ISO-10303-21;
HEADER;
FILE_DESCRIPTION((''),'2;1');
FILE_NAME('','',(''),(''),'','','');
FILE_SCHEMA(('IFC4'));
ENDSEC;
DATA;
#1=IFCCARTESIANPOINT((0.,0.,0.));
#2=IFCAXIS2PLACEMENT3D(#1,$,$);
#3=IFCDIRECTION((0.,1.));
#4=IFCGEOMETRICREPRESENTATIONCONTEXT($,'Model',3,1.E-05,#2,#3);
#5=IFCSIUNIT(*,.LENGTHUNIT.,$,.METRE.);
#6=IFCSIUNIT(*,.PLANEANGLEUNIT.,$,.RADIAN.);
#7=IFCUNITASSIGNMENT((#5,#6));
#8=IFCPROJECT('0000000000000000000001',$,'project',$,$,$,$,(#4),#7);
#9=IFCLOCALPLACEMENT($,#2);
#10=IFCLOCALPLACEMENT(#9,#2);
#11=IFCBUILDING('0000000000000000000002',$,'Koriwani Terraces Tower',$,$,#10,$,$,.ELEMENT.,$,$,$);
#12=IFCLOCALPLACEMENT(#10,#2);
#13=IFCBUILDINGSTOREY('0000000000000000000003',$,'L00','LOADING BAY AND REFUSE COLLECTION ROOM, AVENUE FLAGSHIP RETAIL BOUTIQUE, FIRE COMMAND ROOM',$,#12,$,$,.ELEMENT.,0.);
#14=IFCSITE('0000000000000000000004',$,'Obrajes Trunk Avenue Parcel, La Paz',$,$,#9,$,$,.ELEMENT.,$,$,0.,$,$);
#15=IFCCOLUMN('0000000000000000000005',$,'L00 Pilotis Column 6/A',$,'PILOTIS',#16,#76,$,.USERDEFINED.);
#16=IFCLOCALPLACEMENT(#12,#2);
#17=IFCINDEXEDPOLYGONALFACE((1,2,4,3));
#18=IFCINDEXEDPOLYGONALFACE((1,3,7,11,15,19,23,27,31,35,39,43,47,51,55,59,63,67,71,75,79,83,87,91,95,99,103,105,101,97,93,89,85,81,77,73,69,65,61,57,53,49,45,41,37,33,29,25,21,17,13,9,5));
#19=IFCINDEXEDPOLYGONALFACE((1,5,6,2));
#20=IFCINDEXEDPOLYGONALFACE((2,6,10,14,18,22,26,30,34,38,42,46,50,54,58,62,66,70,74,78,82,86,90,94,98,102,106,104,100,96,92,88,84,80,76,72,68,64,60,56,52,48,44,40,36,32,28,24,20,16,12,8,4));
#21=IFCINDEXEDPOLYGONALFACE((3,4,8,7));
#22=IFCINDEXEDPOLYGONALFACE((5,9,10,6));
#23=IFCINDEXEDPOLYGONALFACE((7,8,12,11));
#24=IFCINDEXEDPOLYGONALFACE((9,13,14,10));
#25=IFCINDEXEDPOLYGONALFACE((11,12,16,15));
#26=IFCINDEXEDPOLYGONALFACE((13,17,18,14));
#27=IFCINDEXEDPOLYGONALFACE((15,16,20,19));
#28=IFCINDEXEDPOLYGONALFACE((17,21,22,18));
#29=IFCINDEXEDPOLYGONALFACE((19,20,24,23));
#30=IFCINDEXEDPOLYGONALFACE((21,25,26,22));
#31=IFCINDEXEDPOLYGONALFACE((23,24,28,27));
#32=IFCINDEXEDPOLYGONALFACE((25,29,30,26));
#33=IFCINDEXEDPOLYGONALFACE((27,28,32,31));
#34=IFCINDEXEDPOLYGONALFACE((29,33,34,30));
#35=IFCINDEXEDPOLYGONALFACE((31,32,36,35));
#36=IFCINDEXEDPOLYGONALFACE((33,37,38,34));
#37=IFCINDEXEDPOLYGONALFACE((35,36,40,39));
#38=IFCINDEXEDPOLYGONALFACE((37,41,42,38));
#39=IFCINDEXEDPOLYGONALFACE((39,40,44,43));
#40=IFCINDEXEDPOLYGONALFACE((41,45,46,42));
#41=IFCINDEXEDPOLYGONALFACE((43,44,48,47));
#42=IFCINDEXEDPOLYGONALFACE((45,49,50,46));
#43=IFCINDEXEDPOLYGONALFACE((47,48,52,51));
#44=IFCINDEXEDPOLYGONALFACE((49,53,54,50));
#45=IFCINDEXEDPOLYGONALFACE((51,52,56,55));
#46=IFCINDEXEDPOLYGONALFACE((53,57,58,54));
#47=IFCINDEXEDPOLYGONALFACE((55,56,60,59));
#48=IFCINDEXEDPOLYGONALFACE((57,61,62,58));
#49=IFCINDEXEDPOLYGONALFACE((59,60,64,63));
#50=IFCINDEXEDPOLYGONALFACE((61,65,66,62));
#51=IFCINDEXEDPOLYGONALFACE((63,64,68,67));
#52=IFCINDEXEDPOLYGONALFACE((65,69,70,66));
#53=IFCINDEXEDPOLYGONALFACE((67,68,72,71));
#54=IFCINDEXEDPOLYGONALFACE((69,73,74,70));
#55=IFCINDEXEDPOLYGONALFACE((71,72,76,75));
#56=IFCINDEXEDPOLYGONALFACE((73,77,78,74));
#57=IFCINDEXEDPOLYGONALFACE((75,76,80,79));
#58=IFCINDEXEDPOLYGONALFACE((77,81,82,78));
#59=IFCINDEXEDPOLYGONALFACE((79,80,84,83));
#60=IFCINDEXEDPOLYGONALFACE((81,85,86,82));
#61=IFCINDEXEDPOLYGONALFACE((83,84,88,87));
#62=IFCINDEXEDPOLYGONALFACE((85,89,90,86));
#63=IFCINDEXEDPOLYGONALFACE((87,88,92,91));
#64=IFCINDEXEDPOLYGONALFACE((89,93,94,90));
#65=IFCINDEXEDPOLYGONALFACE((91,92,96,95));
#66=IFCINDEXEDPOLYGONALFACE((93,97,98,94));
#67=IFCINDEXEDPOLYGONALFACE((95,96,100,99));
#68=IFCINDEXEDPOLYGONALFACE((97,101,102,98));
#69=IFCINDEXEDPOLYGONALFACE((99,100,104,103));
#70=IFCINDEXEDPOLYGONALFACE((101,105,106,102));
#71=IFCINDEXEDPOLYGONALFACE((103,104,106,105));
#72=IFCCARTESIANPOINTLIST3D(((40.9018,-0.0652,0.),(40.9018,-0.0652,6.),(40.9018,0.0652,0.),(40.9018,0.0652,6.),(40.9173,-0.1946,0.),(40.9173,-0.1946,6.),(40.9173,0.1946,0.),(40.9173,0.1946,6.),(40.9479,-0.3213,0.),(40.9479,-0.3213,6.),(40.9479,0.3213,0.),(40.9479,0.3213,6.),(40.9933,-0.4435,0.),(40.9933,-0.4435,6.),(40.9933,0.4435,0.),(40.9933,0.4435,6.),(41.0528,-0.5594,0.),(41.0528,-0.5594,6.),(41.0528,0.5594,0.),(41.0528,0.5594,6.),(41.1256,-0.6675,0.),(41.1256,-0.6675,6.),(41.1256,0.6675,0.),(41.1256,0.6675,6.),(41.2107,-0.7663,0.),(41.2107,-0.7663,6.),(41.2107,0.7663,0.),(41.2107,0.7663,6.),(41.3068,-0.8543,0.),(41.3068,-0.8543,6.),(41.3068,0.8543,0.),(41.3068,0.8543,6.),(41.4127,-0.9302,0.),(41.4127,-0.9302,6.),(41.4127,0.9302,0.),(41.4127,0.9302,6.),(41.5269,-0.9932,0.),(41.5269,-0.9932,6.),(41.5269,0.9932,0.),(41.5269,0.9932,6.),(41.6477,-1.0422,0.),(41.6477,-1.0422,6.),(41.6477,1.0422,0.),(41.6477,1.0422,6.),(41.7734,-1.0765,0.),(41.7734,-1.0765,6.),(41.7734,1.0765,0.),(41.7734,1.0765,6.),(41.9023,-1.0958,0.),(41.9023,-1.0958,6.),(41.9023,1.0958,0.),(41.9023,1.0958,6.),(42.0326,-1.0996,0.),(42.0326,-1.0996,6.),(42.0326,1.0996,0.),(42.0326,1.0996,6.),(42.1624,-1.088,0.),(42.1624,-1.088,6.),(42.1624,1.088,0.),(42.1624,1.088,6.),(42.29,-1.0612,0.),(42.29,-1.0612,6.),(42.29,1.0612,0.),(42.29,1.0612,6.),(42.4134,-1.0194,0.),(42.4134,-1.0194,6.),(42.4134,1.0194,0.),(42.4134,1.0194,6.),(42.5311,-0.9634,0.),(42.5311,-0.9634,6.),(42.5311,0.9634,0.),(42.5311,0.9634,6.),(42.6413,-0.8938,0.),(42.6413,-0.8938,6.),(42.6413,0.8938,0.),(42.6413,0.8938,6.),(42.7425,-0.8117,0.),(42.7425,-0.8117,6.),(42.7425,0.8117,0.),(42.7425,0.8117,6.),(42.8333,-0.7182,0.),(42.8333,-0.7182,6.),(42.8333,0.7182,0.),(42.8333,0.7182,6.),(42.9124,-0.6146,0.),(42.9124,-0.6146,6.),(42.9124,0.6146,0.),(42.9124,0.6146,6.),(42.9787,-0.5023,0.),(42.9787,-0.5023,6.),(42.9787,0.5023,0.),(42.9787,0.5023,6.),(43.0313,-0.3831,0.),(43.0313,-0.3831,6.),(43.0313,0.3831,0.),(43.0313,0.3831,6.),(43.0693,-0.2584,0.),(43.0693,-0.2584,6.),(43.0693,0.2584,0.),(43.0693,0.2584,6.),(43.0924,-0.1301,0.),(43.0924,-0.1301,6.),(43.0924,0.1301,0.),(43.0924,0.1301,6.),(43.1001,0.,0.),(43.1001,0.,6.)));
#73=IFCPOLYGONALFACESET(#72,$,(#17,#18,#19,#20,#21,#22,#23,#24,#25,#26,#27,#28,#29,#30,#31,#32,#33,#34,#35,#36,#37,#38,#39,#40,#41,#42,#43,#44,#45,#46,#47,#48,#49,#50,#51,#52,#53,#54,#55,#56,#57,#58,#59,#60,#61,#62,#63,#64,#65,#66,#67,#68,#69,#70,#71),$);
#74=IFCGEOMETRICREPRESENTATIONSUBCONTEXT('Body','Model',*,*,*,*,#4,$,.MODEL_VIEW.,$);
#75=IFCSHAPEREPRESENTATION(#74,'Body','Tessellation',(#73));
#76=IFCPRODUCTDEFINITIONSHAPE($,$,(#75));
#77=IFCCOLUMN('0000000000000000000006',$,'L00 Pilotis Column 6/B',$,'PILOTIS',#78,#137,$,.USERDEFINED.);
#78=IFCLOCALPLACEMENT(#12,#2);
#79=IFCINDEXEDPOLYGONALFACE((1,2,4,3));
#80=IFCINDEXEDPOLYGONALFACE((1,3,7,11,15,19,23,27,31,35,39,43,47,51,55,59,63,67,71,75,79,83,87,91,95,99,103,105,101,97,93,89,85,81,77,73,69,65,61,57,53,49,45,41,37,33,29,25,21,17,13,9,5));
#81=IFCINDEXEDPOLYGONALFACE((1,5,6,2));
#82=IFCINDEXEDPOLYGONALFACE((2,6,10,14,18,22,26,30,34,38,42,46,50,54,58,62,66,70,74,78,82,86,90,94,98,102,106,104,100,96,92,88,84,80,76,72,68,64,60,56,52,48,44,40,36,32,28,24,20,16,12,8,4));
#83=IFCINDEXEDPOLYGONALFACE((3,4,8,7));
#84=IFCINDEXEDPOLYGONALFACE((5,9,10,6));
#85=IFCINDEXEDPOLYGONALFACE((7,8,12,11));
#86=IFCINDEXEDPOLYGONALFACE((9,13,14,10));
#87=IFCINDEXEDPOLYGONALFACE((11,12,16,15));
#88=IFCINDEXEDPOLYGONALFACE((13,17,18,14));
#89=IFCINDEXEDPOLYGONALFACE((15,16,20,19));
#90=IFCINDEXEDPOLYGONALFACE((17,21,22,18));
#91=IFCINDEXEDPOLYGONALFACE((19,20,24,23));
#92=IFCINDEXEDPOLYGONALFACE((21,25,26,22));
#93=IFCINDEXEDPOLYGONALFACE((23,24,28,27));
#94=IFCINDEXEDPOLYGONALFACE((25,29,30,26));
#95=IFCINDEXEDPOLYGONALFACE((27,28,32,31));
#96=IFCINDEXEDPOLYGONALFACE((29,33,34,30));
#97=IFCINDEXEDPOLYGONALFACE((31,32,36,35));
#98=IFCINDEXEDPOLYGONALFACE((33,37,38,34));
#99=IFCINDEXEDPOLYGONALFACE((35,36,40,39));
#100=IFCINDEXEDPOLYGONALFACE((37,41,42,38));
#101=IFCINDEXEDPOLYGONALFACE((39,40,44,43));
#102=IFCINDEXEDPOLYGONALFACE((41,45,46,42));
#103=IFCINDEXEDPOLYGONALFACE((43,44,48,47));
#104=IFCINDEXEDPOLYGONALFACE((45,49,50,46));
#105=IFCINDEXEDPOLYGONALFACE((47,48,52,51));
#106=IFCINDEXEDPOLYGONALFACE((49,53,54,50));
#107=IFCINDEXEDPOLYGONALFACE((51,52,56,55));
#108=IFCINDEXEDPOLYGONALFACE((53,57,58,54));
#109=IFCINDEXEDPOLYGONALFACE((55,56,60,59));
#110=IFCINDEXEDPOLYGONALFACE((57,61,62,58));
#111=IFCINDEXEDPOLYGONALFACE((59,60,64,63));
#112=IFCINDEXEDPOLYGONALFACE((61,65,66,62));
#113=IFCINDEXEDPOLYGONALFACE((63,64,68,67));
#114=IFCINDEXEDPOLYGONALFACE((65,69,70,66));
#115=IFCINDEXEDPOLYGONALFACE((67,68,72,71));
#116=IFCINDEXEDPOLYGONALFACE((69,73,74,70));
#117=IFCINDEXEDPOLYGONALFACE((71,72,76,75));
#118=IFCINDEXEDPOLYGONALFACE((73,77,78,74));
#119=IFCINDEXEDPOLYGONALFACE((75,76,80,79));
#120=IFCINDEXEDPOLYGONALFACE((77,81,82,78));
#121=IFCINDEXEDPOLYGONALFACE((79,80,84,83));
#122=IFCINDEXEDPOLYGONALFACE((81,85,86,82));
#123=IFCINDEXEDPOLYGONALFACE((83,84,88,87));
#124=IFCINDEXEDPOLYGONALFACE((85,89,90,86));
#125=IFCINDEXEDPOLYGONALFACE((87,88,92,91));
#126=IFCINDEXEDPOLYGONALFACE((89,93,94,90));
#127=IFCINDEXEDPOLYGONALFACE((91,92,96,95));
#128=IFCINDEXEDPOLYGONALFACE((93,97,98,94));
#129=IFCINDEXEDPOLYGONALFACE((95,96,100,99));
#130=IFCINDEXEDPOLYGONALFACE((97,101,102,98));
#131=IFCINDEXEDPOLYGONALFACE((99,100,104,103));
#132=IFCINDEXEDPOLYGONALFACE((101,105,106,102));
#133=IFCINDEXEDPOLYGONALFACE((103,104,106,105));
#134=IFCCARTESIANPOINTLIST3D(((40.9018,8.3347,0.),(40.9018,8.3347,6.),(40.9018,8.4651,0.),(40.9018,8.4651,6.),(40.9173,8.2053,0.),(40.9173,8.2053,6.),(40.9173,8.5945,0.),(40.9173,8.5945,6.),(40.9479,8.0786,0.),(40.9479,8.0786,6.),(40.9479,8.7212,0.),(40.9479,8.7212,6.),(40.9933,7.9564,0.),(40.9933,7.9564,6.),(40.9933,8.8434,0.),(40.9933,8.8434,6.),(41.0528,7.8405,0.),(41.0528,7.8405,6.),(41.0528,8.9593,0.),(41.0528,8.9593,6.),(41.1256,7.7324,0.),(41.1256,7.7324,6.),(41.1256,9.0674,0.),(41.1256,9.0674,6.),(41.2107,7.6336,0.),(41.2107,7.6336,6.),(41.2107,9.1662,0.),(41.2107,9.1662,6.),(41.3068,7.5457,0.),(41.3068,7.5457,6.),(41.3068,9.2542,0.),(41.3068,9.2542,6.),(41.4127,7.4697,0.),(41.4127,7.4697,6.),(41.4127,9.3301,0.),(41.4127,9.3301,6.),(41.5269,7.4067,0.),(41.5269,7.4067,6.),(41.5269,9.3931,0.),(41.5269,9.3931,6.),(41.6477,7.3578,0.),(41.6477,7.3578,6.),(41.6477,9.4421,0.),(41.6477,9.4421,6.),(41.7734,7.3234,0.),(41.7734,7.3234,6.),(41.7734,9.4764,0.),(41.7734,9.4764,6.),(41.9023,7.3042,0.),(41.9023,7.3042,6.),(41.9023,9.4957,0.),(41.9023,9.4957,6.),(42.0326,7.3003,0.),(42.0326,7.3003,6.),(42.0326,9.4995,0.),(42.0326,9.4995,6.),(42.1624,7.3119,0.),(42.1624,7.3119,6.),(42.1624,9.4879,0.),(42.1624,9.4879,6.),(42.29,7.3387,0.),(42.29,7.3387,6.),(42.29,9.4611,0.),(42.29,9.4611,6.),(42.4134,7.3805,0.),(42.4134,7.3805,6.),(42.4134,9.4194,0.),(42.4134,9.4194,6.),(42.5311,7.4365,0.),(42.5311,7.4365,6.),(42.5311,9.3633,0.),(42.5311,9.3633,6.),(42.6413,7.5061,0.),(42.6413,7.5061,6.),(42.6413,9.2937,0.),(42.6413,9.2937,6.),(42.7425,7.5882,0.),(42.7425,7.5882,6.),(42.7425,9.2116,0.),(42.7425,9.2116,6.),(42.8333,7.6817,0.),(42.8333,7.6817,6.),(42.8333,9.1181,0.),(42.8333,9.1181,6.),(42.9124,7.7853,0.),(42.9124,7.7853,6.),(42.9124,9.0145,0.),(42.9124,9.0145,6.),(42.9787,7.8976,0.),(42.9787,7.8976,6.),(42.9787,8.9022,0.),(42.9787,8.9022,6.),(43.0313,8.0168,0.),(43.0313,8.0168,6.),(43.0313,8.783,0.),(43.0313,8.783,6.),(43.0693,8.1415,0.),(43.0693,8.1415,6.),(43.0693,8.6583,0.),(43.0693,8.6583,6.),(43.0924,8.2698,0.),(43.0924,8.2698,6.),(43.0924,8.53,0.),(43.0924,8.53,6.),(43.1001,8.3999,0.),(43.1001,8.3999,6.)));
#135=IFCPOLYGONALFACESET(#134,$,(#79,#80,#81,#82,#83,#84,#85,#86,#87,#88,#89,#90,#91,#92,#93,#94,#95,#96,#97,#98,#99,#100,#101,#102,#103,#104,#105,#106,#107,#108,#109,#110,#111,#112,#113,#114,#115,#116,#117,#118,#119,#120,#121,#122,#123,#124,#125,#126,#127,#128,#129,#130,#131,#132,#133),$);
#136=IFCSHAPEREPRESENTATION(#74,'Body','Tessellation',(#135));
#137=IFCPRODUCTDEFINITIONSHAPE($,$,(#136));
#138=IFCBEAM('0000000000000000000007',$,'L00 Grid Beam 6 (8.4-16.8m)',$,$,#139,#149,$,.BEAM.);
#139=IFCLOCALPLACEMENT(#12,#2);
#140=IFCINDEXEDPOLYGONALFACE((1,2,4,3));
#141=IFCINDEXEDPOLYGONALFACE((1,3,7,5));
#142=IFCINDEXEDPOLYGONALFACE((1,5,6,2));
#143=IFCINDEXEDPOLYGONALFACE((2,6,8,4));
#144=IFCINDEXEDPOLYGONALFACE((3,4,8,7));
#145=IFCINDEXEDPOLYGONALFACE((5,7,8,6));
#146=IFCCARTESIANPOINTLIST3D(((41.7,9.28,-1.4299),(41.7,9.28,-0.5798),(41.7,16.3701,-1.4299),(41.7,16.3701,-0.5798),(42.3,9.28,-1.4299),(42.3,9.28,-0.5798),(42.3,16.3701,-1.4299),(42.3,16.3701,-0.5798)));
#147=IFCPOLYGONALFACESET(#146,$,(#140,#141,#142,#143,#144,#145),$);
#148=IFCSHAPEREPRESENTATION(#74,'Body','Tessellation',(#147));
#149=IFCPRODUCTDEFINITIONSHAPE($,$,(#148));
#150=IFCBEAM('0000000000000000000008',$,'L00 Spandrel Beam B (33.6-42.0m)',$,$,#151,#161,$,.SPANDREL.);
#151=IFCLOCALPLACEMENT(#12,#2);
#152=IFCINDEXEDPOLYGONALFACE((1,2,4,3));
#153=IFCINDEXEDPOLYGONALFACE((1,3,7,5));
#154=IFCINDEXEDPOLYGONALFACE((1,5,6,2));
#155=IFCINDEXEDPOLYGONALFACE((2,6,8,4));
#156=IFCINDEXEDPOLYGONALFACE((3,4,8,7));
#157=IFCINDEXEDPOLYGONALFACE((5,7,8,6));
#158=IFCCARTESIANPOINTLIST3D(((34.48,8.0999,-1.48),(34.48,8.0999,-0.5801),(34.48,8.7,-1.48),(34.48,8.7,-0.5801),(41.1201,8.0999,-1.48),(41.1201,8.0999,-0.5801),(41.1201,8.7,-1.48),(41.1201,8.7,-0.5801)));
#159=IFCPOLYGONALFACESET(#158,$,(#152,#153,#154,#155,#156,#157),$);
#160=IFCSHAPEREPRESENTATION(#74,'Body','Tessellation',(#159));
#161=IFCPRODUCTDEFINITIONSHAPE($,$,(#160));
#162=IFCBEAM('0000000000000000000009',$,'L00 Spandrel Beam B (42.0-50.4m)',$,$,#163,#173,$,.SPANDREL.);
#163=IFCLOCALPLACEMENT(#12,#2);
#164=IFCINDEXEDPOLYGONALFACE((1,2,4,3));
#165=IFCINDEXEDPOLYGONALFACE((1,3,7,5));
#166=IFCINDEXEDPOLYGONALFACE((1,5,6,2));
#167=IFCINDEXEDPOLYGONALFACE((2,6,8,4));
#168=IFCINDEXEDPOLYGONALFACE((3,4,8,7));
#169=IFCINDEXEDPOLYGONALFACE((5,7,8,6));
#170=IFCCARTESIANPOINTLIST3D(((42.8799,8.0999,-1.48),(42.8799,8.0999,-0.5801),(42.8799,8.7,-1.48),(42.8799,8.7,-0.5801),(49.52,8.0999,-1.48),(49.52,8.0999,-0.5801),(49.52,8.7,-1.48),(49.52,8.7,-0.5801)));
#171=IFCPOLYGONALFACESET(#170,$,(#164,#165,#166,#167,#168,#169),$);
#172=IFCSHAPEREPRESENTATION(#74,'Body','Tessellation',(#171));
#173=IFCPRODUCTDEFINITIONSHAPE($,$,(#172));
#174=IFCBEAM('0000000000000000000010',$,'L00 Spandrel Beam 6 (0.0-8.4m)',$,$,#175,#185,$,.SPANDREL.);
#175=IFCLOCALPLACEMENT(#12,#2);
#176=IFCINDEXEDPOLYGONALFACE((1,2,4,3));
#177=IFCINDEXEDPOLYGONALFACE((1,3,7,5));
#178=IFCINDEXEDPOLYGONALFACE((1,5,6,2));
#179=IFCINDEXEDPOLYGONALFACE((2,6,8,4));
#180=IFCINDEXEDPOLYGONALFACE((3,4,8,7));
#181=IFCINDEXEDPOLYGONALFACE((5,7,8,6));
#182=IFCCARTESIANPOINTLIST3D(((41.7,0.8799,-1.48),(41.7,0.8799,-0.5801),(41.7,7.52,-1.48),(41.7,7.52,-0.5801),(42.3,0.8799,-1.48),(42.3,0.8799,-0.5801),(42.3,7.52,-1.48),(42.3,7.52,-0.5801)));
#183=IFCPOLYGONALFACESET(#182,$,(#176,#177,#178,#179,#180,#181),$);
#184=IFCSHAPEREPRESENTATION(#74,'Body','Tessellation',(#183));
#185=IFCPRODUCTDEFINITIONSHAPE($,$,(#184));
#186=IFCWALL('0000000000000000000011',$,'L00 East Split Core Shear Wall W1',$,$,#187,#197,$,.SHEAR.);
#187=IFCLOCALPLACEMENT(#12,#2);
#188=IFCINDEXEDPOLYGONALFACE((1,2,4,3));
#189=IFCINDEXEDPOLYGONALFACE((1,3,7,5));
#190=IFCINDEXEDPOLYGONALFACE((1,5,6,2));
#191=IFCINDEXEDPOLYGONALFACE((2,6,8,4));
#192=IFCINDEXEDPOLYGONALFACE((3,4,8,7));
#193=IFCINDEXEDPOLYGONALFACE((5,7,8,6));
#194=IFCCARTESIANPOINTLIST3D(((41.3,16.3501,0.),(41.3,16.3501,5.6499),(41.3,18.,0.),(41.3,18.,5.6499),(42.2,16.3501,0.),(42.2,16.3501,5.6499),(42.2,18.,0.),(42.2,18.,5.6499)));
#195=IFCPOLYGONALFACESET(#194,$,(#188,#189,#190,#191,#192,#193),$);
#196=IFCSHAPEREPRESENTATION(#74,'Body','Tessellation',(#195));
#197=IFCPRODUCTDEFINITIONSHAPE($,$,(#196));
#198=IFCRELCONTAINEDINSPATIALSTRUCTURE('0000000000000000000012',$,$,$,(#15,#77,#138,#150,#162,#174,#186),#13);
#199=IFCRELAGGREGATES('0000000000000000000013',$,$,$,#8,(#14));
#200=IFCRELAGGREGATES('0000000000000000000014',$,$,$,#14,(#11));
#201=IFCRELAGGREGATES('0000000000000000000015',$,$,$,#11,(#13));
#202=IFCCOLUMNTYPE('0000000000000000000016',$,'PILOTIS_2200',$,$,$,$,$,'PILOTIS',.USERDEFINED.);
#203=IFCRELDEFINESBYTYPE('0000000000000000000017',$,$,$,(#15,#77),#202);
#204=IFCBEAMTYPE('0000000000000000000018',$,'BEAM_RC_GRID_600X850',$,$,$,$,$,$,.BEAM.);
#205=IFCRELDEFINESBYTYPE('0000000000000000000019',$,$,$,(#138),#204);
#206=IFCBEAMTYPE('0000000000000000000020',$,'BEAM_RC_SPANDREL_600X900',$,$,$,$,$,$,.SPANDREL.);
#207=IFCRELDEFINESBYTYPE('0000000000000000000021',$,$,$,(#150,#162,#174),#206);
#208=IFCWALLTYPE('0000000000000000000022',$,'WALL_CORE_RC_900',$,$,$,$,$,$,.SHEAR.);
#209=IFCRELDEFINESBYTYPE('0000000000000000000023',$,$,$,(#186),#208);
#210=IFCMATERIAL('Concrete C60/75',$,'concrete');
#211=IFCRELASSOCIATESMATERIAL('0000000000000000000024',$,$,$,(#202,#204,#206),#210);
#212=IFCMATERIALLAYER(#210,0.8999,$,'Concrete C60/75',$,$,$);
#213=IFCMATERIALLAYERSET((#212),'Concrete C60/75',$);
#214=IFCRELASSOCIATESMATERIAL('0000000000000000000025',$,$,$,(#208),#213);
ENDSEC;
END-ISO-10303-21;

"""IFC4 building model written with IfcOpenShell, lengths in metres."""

from ifc_helpers import new_model, si_unit, direction, frame, frame_2d, origin, origin_2d, place, context, subcontext, project, spatial, rectangle, circle, extrude, material, layer, layer_set, material_profile, profile_set, type_object, element, save


model = new_model("IFC4")

# Units and contexts
model_context = context("Model", 3, precision=1e-05, world=origin(), true_north=direction((0.0, 1.0)))
body_context = subcontext(model_context, "Body", "Model", "MODEL_VIEW")
ifc_project = project(units=[si_unit("LENGTHUNIT", "METRE"), si_unit("PLANEANGLEUNIT", "RADIAN")], contexts=[model_context])

# Site, building, storey
site_placement = place(None, origin())
site = spatial("IfcSite", under=ifc_project, at=site_placement, Name="Obrajes Trunk Avenue Parcel, La Paz", CompositionType="ELEMENT", RefElevation=0.0)
building_placement = place(site_placement, origin())
building = spatial("IfcBuilding", under=site, at=building_placement, Name="Koriwani Terraces Tower", CompositionType="ELEMENT")
storey_placement = place(building_placement, origin())
storey = spatial("IfcBuildingStorey", under=building, at=storey_placement, Name="L00", Description="LOADING BAY AND REFUSE COLLECTION ROOM, AVENUE FLAGSHIP RETAIL BOUTIQUE, FIRE COMMAND ROOM", CompositionType="ELEMENT", Elevation=0.0)

# Columns
ifc_material_1 = material(Name="Concrete C60/75", Category="concrete")
ifc_material_profile_1 = material_profile(ifc_material_1, circle(Radius=1.1001, at=origin_2d()), Name="Concrete C60/75", Category="LoadBearing")
ifc_profile_set_1 = profile_set([ifc_material_profile_1], Name="Concrete C60/75")
column_type = type_object("IfcColumnType", Name="PILOTIS_2200", ElementType="PILOTIS", PredefinedType="USERDEFINED", material=ifc_profile_set_1)
for number, where, z_axis, x_axis, name in (
    (1, (42.0, 0.0, 0.0), (0.0, 0.0, 1.0), (1.0, 0.0, 0.0), "L00 Pilotis Column 6/A"),
    (2, (42.0, 8.3999, 0.0), (0.0, 0.0, 1.0), (1.0, 0.0, 0.0), "L00 Pilotis Column 6/B"),
):
    element("IfcColumn", number, at=place(storey_placement, frame(where, z_axis=z_axis, x_axis=x_axis)), inside=storey, type_object=column_type, Name=name, ObjectType="PILOTIS", PredefinedType="USERDEFINED", context=body_context, shape_type="SweptSolid", body=[
        extrude(circle(Radius=1.1001, at=origin_2d()), origin(), (0.0, 0.0, 1.0), 6.0),
    ])

# Beams
ifc_material_profile_2 = material_profile(ifc_material_1, rectangle(XDim=0.6001, YDim=0.8501, at=origin_2d()), Name="Concrete C60/75", Category="LoadBearing")
ifc_profile_set_2 = profile_set([ifc_material_profile_2], Name="Concrete C60/75")
beam_type_1 = type_object("IfcBeamType", Name="BEAM_RC_GRID_600X850", PredefinedType="BEAM", material=ifc_profile_set_2)
beam_placement = place(storey_placement, frame((42.0, 9.28, -1.0049), z_axis=(0.0, 1.0, 0.0), x_axis=(-1.0, 0.0, 0.0)))
element("IfcBeam", 3, at=beam_placement, inside=storey, type_object=beam_type_1, Name="L00 Grid Beam 6 (8.4-16.8m)", PredefinedType="BEAM", context=body_context, shape_type="SweptSolid", body=[
    extrude(rectangle(XDim=0.6001, YDim=0.8501, at=origin_2d()), origin(), (0.0, 0.0, 1.0), 7.0901),
])
ifc_material_profile_3 = material_profile(ifc_material_1, rectangle(XDim=0.6001, YDim=0.8999, at=origin_2d()), Name="Concrete C60/75", Category="LoadBearing")
ifc_profile_set_3 = profile_set([ifc_material_profile_3], Name="Concrete C60/75")
beam_type_2 = type_object("IfcBeamType", Name="BEAM_RC_SPANDREL_600X900", PredefinedType="SPANDREL", material=ifc_profile_set_3)
for number, where, z_axis, x_axis, name in (
    (4, (34.48, 8.3999, -1.03), (1.0, 0.0, 0.0), (0.0, 1.0, 0.0), "L00 Spandrel Beam B (33.6-42.0m)"),
    (5, (42.8799, 8.3999, -1.03), (1.0, 0.0, 0.0), (0.0, 1.0, 0.0), "L00 Spandrel Beam B (42.0-50.4m)"),
    (6, (42.0, 0.8799, -1.03), (0.0, 1.0, 0.0), (-1.0, 0.0, 0.0), "L00 Spandrel Beam 6 (0.0-8.4m)"),
):
    element("IfcBeam", number, at=place(storey_placement, frame(where, z_axis=z_axis, x_axis=x_axis)), inside=storey, type_object=beam_type_2, Name=name, PredefinedType="SPANDREL", context=body_context, shape_type="SweptSolid", body=[
        extrude(rectangle(XDim=0.6001, YDim=0.8999, at=origin_2d()), origin(), (0.0, 0.0, 1.0), 6.6401),
    ])

# Wall
ifc_layer_1 = layer(ifc_material_1, 0.8999, Name="Concrete C60/75")
ifc_layer_set_1 = layer_set([ifc_layer_1], Name="Concrete C60/75")
wall_type_1 = type_object("IfcWallType", Name="WALL_CORE_RC_900", PredefinedType="SHEAR", material=ifc_layer_set_1)
wall_1_placement = place(storey_placement, frame((41.75, 16.3501, 0.0), z_axis=(0.0, 0.0, 1.0), x_axis=(0.0, 1.0, 0.0)))
element("IfcWall", 7, at=wall_1_placement, inside=storey, type_object=wall_type_1, Name="L00 East Split Core Shear Wall W1", PredefinedType="SHEAR", context=body_context, shape_type="SweptSolid", body=[
    extrude(rectangle(XDim=1.6499, YDim=0.8999, at=frame_2d((0.825, 0.0))), origin(), (0.0, 0.0, 1.0), 5.6499),
])

save(model, "model.ifc")
